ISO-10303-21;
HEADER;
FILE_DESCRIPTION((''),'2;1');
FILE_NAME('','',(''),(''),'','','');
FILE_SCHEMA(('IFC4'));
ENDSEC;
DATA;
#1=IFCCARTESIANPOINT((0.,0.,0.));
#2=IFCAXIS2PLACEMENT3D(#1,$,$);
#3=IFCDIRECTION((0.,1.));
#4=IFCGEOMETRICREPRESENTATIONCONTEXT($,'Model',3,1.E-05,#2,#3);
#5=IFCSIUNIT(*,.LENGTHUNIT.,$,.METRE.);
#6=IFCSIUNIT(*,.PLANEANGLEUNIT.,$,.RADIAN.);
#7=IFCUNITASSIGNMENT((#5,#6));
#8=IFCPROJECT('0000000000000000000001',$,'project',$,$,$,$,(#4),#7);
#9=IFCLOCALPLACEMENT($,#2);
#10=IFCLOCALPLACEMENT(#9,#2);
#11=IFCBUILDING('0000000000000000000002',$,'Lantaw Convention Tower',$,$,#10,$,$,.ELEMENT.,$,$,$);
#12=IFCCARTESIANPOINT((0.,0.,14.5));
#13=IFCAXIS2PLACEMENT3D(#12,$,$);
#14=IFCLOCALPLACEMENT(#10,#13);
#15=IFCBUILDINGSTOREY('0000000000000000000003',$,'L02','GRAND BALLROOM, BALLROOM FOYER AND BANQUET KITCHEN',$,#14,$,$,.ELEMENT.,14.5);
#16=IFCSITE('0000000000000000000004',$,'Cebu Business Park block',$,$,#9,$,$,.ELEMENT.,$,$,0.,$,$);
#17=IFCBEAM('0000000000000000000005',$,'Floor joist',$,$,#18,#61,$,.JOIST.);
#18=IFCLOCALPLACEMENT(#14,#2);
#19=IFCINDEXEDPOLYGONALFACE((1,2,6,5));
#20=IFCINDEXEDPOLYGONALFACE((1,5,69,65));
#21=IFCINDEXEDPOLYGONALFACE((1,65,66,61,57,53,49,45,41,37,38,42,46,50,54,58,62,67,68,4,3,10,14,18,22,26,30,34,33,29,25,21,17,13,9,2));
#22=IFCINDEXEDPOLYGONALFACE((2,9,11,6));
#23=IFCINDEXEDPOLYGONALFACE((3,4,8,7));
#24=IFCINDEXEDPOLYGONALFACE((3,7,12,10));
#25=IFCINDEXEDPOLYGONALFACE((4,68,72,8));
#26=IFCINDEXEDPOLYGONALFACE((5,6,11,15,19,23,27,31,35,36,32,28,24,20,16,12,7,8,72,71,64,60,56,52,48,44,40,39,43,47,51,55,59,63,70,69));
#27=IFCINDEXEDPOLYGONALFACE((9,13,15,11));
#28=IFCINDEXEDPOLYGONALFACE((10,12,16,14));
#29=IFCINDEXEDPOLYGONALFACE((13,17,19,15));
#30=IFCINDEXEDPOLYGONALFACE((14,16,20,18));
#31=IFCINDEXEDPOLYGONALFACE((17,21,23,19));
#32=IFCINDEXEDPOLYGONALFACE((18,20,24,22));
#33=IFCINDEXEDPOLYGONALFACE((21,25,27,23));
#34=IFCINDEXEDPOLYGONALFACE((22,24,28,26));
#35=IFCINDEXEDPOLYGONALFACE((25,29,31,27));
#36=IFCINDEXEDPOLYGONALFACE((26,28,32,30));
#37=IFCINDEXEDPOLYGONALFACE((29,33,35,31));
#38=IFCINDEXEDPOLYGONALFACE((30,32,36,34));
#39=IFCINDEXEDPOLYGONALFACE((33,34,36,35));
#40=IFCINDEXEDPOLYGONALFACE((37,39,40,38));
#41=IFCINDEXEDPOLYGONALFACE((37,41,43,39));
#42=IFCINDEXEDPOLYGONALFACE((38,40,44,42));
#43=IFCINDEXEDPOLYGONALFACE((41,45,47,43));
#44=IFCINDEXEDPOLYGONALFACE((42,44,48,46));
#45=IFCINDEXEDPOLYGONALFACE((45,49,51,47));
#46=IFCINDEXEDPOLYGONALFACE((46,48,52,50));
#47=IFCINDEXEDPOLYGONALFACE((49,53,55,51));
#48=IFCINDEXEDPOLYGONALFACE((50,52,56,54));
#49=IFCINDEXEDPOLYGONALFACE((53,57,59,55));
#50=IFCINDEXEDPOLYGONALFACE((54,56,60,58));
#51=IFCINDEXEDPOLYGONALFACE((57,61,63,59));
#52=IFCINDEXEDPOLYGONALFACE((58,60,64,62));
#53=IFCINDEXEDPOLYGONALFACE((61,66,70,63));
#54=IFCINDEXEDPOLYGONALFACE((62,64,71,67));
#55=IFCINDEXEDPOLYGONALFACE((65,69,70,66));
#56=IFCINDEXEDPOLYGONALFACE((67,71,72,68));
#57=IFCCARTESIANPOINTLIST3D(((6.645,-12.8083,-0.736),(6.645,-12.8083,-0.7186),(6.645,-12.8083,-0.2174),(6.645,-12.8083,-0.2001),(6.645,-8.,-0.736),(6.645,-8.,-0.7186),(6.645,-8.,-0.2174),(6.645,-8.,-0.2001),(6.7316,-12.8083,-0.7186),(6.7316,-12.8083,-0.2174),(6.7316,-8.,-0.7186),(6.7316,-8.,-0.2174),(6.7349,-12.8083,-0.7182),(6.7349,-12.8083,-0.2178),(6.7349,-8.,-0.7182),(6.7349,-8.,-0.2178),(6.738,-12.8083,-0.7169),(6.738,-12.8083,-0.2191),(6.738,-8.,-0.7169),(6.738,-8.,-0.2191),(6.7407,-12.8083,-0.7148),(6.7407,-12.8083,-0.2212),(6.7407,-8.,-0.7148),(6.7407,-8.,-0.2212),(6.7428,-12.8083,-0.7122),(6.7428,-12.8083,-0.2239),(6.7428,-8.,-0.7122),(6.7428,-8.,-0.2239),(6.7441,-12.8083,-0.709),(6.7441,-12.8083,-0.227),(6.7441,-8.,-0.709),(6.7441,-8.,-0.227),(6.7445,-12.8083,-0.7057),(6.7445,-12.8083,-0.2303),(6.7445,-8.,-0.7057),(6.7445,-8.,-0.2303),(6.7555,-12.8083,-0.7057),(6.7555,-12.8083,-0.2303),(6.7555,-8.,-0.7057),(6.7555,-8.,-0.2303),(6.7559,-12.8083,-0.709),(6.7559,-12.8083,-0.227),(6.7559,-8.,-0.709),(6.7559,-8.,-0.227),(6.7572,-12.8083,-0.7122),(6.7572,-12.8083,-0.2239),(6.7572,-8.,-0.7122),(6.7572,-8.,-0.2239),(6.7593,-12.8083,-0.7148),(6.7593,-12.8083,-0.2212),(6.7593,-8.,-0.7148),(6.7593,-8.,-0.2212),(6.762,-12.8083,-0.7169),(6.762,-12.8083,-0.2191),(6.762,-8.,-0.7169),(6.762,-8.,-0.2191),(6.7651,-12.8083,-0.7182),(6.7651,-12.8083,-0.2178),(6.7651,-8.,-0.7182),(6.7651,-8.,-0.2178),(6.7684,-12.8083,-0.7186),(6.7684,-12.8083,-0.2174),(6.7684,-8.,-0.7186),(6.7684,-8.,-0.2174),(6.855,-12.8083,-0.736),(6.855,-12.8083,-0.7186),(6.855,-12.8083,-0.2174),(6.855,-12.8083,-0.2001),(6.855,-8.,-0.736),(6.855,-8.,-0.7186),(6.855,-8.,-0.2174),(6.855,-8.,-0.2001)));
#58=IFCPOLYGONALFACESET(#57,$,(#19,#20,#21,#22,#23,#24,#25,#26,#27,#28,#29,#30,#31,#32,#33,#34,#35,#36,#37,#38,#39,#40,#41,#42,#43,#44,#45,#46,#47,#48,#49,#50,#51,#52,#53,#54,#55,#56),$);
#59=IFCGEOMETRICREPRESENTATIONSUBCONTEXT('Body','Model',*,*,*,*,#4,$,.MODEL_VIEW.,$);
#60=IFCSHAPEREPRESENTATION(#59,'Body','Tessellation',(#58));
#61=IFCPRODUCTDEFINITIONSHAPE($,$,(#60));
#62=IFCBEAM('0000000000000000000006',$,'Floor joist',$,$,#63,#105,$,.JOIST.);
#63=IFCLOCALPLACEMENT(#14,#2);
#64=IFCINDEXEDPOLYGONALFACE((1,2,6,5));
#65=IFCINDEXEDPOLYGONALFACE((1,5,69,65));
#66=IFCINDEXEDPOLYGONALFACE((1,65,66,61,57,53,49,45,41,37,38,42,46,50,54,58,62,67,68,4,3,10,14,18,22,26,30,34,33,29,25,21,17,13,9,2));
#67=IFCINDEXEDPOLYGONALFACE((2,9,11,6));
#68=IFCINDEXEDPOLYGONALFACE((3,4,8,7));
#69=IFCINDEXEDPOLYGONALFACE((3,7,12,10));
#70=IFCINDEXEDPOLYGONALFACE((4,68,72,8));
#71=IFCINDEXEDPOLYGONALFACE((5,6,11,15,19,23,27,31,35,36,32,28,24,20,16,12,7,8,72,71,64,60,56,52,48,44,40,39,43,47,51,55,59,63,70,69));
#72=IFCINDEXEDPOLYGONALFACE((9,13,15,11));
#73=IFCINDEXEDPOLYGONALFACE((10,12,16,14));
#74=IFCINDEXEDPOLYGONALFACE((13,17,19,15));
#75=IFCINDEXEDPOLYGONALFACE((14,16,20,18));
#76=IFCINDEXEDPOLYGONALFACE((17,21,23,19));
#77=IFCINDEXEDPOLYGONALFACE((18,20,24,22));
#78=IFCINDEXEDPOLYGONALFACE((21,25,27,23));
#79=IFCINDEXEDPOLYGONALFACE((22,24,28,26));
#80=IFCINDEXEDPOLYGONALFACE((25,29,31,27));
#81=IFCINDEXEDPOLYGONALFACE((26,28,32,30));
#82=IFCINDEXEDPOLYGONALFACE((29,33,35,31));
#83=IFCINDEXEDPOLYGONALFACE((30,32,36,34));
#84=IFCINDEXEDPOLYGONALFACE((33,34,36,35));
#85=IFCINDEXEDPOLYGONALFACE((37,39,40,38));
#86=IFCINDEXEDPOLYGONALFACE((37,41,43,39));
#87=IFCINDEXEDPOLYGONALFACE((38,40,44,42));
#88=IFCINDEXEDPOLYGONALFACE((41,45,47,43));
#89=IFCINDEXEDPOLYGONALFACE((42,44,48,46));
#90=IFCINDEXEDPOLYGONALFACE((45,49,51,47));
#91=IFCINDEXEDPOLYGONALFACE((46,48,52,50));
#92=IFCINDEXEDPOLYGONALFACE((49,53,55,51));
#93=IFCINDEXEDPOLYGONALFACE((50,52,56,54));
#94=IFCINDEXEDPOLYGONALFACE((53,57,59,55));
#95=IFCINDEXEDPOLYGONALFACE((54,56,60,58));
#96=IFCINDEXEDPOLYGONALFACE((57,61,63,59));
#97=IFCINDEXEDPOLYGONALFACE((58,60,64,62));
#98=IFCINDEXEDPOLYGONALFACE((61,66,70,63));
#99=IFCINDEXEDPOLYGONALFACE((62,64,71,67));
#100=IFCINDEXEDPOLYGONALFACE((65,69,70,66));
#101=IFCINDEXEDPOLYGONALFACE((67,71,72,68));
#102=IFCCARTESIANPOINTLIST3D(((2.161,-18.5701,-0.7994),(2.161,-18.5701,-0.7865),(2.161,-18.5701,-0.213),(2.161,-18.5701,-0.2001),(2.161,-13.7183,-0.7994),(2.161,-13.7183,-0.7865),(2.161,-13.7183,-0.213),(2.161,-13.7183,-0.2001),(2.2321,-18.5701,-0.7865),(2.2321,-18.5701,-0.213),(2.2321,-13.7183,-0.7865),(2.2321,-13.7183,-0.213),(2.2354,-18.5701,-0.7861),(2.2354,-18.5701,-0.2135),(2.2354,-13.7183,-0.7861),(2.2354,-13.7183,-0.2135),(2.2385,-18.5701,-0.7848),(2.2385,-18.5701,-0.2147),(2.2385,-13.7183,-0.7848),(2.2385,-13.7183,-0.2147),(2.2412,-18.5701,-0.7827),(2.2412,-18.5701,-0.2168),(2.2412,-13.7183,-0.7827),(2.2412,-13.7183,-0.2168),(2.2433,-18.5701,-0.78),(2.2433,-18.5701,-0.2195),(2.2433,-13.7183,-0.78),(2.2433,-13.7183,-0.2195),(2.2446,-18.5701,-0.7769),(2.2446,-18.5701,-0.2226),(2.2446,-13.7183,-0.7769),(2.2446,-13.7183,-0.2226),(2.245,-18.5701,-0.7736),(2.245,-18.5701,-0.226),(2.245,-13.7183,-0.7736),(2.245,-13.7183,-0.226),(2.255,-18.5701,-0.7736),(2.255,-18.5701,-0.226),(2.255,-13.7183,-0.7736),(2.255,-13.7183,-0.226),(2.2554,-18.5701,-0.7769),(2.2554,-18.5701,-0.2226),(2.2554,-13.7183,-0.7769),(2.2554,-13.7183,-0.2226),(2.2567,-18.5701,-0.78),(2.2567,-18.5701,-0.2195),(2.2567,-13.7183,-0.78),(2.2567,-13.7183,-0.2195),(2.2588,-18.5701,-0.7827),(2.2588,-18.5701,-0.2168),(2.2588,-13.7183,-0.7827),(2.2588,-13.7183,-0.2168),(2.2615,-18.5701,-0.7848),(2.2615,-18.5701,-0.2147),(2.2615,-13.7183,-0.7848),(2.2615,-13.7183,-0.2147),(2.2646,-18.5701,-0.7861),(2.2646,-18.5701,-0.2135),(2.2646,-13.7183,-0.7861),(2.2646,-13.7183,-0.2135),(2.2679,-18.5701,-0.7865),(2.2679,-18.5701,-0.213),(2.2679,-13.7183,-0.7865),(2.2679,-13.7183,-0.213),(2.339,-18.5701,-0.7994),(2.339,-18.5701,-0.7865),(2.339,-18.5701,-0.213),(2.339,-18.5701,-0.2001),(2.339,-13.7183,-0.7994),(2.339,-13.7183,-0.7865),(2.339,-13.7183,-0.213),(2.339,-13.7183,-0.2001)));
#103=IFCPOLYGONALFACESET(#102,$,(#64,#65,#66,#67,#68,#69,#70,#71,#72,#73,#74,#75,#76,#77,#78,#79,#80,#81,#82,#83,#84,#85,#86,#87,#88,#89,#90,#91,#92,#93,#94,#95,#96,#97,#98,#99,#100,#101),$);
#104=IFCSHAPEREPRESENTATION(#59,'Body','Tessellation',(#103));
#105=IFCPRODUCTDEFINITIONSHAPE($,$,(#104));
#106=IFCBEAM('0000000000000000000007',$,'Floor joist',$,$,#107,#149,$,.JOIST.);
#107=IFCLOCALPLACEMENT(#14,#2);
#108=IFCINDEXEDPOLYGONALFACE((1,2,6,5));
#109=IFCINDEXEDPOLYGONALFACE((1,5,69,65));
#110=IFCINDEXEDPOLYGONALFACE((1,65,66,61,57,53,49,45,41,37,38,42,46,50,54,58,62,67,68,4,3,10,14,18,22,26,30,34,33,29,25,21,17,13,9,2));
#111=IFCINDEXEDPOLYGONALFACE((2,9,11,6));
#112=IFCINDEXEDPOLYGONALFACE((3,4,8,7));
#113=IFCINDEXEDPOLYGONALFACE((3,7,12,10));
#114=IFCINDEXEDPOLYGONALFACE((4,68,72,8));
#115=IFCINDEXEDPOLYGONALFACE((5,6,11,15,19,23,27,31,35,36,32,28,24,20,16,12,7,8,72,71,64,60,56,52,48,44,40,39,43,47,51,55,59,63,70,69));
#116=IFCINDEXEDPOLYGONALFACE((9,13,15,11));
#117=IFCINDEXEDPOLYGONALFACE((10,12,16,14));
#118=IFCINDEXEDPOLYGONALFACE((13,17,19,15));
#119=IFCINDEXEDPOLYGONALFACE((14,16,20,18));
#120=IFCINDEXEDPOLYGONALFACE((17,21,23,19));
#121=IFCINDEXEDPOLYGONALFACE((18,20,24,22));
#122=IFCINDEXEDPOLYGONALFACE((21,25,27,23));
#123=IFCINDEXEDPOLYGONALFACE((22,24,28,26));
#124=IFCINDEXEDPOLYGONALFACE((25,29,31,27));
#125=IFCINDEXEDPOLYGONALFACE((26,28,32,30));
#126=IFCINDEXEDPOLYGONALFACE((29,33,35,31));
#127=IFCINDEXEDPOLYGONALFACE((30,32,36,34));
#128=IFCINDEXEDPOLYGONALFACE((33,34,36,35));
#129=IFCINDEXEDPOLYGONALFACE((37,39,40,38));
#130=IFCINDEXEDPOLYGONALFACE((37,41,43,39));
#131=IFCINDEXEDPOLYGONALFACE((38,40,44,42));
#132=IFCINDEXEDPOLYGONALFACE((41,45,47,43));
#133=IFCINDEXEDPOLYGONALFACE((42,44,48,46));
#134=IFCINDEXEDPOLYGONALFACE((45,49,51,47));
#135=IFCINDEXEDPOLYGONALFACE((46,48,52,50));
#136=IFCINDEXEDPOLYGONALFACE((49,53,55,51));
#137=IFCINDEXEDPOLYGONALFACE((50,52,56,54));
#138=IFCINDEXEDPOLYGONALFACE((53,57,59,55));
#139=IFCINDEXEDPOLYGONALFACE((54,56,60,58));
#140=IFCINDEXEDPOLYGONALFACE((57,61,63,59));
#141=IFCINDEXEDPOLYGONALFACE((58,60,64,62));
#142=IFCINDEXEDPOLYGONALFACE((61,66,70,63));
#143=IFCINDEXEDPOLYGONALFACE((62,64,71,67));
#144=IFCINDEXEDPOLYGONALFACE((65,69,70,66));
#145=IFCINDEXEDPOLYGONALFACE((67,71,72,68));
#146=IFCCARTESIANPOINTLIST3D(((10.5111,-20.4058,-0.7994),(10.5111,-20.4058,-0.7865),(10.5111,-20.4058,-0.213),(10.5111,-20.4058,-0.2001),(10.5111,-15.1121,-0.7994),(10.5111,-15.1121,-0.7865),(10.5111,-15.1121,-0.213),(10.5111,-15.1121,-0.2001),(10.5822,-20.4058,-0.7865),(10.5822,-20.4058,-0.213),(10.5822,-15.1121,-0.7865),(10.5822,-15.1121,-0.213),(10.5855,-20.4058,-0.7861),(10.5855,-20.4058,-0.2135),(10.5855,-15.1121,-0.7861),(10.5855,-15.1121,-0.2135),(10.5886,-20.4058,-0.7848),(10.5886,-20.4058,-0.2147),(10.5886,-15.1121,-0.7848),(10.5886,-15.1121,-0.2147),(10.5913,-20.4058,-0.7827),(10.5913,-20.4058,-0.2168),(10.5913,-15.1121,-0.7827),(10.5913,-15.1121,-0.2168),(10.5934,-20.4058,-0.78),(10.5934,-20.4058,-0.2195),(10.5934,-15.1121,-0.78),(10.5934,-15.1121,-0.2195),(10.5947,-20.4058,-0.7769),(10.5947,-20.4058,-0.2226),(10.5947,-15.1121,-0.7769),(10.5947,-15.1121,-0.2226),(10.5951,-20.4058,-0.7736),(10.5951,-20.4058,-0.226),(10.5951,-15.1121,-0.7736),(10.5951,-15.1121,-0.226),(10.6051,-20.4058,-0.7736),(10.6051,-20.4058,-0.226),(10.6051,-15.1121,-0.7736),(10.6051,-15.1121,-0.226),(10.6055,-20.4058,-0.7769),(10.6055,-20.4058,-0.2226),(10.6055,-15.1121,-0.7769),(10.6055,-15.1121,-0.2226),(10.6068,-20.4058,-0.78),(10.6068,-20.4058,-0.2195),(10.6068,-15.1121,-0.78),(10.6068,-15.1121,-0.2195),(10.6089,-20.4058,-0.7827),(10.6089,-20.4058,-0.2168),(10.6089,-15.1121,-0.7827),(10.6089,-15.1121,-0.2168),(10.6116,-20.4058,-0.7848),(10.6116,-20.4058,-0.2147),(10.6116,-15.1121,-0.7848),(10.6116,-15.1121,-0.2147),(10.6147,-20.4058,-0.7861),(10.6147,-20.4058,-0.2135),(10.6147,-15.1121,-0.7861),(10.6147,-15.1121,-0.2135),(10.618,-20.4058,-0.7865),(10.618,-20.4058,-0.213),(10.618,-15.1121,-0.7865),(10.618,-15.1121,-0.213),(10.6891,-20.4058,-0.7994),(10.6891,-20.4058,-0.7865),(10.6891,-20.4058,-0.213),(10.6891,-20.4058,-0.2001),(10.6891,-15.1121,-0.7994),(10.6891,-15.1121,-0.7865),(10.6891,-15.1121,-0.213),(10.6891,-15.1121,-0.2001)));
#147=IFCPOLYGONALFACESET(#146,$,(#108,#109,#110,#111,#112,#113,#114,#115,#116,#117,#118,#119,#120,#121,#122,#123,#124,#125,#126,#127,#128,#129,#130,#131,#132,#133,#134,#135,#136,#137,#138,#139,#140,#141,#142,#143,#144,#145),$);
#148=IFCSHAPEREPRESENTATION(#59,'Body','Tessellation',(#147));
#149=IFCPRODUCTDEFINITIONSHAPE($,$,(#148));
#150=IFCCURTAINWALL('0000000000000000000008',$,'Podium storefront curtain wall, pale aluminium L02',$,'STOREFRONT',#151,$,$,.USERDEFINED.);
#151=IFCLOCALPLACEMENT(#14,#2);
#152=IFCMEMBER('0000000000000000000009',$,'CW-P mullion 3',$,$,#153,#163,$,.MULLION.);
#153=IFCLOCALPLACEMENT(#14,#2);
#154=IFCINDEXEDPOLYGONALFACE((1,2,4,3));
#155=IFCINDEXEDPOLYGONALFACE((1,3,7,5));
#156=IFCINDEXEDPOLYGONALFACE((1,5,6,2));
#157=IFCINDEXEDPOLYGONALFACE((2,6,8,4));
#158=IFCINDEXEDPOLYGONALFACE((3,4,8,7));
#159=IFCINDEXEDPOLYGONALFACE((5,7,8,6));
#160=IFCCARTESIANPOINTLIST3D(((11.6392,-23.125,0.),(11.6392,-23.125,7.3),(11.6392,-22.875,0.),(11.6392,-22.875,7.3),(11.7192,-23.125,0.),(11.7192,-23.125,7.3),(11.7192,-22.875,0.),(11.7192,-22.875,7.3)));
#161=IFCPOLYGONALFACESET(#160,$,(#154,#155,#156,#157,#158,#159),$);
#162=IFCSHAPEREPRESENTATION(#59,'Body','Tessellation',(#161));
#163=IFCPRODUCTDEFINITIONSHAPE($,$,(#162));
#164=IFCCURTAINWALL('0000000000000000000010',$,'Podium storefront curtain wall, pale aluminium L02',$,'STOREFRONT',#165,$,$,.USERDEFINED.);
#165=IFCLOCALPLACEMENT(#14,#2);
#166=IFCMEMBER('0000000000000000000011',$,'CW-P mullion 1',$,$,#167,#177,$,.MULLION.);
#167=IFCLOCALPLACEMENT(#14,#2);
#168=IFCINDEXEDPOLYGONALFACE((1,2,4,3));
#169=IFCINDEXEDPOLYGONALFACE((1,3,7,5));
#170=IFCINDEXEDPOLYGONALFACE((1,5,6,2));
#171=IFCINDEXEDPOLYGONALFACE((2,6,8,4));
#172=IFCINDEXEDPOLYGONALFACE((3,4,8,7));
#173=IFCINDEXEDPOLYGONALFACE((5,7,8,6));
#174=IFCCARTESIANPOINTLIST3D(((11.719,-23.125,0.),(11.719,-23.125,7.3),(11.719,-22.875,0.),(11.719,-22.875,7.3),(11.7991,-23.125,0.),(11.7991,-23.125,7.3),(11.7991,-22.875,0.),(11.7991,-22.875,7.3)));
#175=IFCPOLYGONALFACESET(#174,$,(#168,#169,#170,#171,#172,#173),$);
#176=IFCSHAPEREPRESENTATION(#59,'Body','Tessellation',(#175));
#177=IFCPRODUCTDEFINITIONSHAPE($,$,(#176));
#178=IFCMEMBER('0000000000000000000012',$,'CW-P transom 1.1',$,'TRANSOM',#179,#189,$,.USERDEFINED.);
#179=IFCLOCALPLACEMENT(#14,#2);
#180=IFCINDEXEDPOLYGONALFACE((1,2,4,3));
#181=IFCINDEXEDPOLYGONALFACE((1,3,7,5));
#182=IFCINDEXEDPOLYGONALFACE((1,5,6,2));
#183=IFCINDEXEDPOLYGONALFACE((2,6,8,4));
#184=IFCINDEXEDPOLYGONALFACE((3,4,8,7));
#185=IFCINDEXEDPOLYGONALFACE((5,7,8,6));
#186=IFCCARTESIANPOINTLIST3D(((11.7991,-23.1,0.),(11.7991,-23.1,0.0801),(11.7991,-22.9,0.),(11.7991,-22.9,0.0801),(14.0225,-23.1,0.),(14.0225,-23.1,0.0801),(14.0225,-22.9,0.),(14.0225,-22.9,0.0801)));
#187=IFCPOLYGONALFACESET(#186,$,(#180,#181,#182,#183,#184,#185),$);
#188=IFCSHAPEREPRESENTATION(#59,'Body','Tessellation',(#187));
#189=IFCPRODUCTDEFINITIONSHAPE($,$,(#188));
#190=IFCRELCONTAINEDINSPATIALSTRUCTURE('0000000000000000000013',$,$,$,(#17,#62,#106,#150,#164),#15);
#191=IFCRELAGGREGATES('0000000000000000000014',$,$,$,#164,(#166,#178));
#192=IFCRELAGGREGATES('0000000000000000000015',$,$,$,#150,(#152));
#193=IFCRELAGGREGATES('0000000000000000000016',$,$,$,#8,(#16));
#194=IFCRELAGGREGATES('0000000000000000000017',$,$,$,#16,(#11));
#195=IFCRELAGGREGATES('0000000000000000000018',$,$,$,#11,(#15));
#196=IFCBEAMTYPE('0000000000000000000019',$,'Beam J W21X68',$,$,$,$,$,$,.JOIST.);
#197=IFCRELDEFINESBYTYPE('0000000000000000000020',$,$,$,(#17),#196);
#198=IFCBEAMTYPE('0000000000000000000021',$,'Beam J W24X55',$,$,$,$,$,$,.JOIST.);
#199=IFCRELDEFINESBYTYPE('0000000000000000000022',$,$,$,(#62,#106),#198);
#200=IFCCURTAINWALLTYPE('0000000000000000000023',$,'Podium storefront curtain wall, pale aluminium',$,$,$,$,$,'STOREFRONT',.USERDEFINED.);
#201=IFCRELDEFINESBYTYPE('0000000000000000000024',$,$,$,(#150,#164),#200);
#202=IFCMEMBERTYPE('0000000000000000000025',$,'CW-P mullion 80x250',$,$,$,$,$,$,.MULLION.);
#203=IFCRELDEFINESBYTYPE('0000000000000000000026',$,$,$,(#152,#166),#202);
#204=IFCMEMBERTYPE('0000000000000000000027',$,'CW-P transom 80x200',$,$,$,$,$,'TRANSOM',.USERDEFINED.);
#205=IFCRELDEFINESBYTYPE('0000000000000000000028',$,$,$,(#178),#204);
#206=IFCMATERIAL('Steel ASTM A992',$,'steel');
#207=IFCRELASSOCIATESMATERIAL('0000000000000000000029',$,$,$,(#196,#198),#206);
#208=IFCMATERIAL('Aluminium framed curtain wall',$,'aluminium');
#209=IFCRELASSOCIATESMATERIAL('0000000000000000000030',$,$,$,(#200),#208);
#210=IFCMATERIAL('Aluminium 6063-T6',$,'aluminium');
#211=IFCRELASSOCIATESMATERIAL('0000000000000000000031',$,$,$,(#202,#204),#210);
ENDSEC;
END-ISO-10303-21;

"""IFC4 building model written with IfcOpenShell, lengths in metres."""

from ifc_helpers import new_model, si_unit, direction, frame, origin, origin_2d, place, context, subcontext, project, spatial, rectangle, i_section, extrude, material, material_profile, profile_set, type_object, element, aggregate, save


model = new_model("IFC4")

# Units and contexts
model_context = context("Model", 3, precision=1e-05, world=origin(), true_north=direction((0.0, 1.0)))
body_context = subcontext(model_context, "Body", "Model", "MODEL_VIEW")
ifc_project = project(units=[si_unit("LENGTHUNIT", "METRE"), si_unit("PLANEANGLEUNIT", "RADIAN")], contexts=[model_context])

# Site, building, storey
site_placement = place(None, origin())
site = spatial("IfcSite", under=ifc_project, at=site_placement, Name="Cebu Business Park block", CompositionType="ELEMENT", RefElevation=0.0)
building_placement = place(site_placement, origin())
building = spatial("IfcBuilding", under=site, at=building_placement, Name="Lantaw Convention Tower", CompositionType="ELEMENT")
storey_placement = place(building_placement, frame((0.0, 0.0, 14.5)))
storey = spatial("IfcBuildingStorey", under=building, at=storey_placement, Name="L02", Description="GRAND BALLROOM, BALLROOM FOYER AND BANQUET KITCHEN", CompositionType="ELEMENT", Elevation=14.5)

# Beams
ifc_material_1 = material(Name="Steel ASTM A992", Category="steel")
ifc_material_profile_1 = material_profile(ifc_material_1, i_section(OverallWidth=0.21, OverallDepth=0.5359, WebThickness=0.011, FlangeThickness=0.0173, FilletRadius=0.0129, at=origin_2d()), Name="W21X68")
ifc_profile_set_1 = profile_set([ifc_material_profile_1], Name="Steel ASTM A992")
beam_type_1 = type_object("IfcBeamType", Name="Beam J W21X68", PredefinedType="JOIST", material=ifc_profile_set_1)
beam_1_placement = place(storey_placement, frame((6.75, -12.8083, -0.468), z_axis=(0.0, 1.0, 0.0), x_axis=(-1.0, 0.0, 0.0)))
element("IfcBeam", 1, at=beam_1_placement, inside=storey, type_object=beam_type_1, Name="Floor joist", PredefinedType="JOIST", context=body_context, shape_type="SweptSolid", body=[
    extrude(i_section(OverallWidth=0.21, OverallDepth=0.5359, WebThickness=0.011, FlangeThickness=0.0173, FilletRadius=0.0129, at=origin_2d()), origin(), (0.0, 0.0, 1.0), 4.8083),
])
ifc_material_profile_2 = material_profile(ifc_material_1, i_section(OverallWidth=0.178, OverallDepth=0.5994, WebThickness=0.01, FlangeThickness=0.0129, FilletRadius=0.0129, at=origin_2d()), Name="W24X55")
ifc_profile_set_2 = profile_set([ifc_material_profile_2], Name="Steel ASTM A992")
beam_type_2 = type_object("IfcBeamType", Name="Beam J W24X55", PredefinedType="JOIST", material=ifc_profile_set_2)
beam_2_placement = place(storey_placement, frame((2.25, -18.5701, -0.4998), z_axis=(0.0, 1.0, 0.0), x_axis=(-1.0, 0.0, 0.0)))
element("IfcBeam", 2, at=beam_2_placement, inside=storey, type_object=beam_type_2, Name="Floor joist", PredefinedType="JOIST", context=body_context, shape_type="SweptSolid", body=[
    extrude(i_section(OverallWidth=0.178, OverallDepth=0.5994, WebThickness=0.01, FlangeThickness=0.0129, FilletRadius=0.0129, at=origin_2d()), origin(), (0.0, 0.0, 1.0), 4.8518),
])
beam_3_placement = place(storey_placement, frame((10.6001, -20.4058, -0.4998), z_axis=(0.0, 1.0, 0.0), x_axis=(-1.0, 0.0, 0.0)))
element("IfcBeam", 3, at=beam_3_placement, inside=storey, type_object=beam_type_2, Name="Floor joist", PredefinedType="JOIST", context=body_context, shape_type="SweptSolid", body=[
    extrude(i_section(OverallWidth=0.178, OverallDepth=0.5994, WebThickness=0.01, FlangeThickness=0.0129, FilletRadius=0.0129, at=origin_2d()), origin(), (0.0, 0.0, 1.0), 5.2937),
])

# Curtain wall, member
ifc_material_2 = material(Name="Aluminium framed curtain wall", Category="aluminium")
curtain_wall_type = type_object("IfcCurtainWallType", Name="Podium storefront curtain wall, pale aluminium", ElementType="STOREFRONT", PredefinedType="USERDEFINED", material=ifc_material_2)
curtain_wall_1_placement = place(storey_placement, origin())
curtain_wall_1 = element("IfcCurtainWall", 4, at=curtain_wall_1_placement, inside=storey, type_object=curtain_wall_type, Name="Podium storefront curtain wall, pale aluminium L02", ObjectType="STOREFRONT", PredefinedType="USERDEFINED")
ifc_material_3 = material(Name="Aluminium 6063-T6", Category="aluminium")
ifc_material_profile_3 = material_profile(ifc_material_3, rectangle(XDim=0.25, YDim=0.0801, at=origin_2d()), Name="CW-P mullion 80x250")
ifc_profile_set_3 = profile_set([ifc_material_profile_3], Name="Aluminium 6063-T6")
member_type_1 = type_object("IfcMemberType", Name="CW-P mullion 80x250", PredefinedType="MULLION", material=ifc_profile_set_3)
member_1_placement = place(storey_placement, frame((11.6792, -23.0, 0.0), z_axis=(0.0, 0.0, 1.0), x_axis=(0.0, 1.0, 0.0)))
member_1 = element("IfcMember", 5, at=member_1_placement, type_object=member_type_1, Name="CW-P mullion 3", PredefinedType="MULLION", context=body_context, shape_type="SweptSolid", body=[
    extrude(rectangle(XDim=0.25, YDim=0.0801, at=origin_2d()), origin(), (0.0, 0.0, 1.0), 7.3),
])

# Curtain wall, members
curtain_wall_2_placement = place(storey_placement, origin())
curtain_wall_2 = element("IfcCurtainWall", 6, at=curtain_wall_2_placement, inside=storey, type_object=curtain_wall_type, Name="Podium storefront curtain wall, pale aluminium L02", ObjectType="STOREFRONT", PredefinedType="USERDEFINED")
member_2_placement = place(storey_placement, frame((11.759, -23.0, 0.0), z_axis=(0.0, 0.0, 1.0), x_axis=(0.0, 1.0, 0.0)))
member_2 = element("IfcMember", 7, at=member_2_placement, type_object=member_type_1, Name="CW-P mullion 1", PredefinedType="MULLION", context=body_context, shape_type="SweptSolid", body=[
    extrude(rectangle(XDim=0.25, YDim=0.0801, at=origin_2d()), origin(), (0.0, 0.0, 1.0), 7.3),
])
ifc_material_profile_4 = material_profile(ifc_material_3, rectangle(XDim=0.2, YDim=0.0801, at=origin_2d()), Name="CW-P transom 80x200")
ifc_profile_set_4 = profile_set([ifc_material_profile_4], Name="Aluminium 6063-T6")
member_type_2 = type_object("IfcMemberType", Name="CW-P transom 80x200", ElementType="TRANSOM", PredefinedType="USERDEFINED", material=ifc_profile_set_4)
member_3_placement = place(storey_placement, frame((11.7991, -23.0, 0.04), z_axis=(1.0, 0.0, 0.0), x_axis=(0.0, 1.0, 0.0)))
member_3 = element("IfcMember", 8, at=member_3_placement, type_object=member_type_2, Name="CW-P transom 1.1", ObjectType="TRANSOM", PredefinedType="USERDEFINED", context=body_context, shape_type="SweptSolid", body=[
    extrude(rectangle(XDim=0.2, YDim=0.0801, at=origin_2d()), origin(), (0.0, 0.0, 1.0), 2.2234),
])
aggregate(curtain_wall_2, [member_2, member_3])

aggregate(curtain_wall_1, [member_1])

save(model, "model.ifc")
